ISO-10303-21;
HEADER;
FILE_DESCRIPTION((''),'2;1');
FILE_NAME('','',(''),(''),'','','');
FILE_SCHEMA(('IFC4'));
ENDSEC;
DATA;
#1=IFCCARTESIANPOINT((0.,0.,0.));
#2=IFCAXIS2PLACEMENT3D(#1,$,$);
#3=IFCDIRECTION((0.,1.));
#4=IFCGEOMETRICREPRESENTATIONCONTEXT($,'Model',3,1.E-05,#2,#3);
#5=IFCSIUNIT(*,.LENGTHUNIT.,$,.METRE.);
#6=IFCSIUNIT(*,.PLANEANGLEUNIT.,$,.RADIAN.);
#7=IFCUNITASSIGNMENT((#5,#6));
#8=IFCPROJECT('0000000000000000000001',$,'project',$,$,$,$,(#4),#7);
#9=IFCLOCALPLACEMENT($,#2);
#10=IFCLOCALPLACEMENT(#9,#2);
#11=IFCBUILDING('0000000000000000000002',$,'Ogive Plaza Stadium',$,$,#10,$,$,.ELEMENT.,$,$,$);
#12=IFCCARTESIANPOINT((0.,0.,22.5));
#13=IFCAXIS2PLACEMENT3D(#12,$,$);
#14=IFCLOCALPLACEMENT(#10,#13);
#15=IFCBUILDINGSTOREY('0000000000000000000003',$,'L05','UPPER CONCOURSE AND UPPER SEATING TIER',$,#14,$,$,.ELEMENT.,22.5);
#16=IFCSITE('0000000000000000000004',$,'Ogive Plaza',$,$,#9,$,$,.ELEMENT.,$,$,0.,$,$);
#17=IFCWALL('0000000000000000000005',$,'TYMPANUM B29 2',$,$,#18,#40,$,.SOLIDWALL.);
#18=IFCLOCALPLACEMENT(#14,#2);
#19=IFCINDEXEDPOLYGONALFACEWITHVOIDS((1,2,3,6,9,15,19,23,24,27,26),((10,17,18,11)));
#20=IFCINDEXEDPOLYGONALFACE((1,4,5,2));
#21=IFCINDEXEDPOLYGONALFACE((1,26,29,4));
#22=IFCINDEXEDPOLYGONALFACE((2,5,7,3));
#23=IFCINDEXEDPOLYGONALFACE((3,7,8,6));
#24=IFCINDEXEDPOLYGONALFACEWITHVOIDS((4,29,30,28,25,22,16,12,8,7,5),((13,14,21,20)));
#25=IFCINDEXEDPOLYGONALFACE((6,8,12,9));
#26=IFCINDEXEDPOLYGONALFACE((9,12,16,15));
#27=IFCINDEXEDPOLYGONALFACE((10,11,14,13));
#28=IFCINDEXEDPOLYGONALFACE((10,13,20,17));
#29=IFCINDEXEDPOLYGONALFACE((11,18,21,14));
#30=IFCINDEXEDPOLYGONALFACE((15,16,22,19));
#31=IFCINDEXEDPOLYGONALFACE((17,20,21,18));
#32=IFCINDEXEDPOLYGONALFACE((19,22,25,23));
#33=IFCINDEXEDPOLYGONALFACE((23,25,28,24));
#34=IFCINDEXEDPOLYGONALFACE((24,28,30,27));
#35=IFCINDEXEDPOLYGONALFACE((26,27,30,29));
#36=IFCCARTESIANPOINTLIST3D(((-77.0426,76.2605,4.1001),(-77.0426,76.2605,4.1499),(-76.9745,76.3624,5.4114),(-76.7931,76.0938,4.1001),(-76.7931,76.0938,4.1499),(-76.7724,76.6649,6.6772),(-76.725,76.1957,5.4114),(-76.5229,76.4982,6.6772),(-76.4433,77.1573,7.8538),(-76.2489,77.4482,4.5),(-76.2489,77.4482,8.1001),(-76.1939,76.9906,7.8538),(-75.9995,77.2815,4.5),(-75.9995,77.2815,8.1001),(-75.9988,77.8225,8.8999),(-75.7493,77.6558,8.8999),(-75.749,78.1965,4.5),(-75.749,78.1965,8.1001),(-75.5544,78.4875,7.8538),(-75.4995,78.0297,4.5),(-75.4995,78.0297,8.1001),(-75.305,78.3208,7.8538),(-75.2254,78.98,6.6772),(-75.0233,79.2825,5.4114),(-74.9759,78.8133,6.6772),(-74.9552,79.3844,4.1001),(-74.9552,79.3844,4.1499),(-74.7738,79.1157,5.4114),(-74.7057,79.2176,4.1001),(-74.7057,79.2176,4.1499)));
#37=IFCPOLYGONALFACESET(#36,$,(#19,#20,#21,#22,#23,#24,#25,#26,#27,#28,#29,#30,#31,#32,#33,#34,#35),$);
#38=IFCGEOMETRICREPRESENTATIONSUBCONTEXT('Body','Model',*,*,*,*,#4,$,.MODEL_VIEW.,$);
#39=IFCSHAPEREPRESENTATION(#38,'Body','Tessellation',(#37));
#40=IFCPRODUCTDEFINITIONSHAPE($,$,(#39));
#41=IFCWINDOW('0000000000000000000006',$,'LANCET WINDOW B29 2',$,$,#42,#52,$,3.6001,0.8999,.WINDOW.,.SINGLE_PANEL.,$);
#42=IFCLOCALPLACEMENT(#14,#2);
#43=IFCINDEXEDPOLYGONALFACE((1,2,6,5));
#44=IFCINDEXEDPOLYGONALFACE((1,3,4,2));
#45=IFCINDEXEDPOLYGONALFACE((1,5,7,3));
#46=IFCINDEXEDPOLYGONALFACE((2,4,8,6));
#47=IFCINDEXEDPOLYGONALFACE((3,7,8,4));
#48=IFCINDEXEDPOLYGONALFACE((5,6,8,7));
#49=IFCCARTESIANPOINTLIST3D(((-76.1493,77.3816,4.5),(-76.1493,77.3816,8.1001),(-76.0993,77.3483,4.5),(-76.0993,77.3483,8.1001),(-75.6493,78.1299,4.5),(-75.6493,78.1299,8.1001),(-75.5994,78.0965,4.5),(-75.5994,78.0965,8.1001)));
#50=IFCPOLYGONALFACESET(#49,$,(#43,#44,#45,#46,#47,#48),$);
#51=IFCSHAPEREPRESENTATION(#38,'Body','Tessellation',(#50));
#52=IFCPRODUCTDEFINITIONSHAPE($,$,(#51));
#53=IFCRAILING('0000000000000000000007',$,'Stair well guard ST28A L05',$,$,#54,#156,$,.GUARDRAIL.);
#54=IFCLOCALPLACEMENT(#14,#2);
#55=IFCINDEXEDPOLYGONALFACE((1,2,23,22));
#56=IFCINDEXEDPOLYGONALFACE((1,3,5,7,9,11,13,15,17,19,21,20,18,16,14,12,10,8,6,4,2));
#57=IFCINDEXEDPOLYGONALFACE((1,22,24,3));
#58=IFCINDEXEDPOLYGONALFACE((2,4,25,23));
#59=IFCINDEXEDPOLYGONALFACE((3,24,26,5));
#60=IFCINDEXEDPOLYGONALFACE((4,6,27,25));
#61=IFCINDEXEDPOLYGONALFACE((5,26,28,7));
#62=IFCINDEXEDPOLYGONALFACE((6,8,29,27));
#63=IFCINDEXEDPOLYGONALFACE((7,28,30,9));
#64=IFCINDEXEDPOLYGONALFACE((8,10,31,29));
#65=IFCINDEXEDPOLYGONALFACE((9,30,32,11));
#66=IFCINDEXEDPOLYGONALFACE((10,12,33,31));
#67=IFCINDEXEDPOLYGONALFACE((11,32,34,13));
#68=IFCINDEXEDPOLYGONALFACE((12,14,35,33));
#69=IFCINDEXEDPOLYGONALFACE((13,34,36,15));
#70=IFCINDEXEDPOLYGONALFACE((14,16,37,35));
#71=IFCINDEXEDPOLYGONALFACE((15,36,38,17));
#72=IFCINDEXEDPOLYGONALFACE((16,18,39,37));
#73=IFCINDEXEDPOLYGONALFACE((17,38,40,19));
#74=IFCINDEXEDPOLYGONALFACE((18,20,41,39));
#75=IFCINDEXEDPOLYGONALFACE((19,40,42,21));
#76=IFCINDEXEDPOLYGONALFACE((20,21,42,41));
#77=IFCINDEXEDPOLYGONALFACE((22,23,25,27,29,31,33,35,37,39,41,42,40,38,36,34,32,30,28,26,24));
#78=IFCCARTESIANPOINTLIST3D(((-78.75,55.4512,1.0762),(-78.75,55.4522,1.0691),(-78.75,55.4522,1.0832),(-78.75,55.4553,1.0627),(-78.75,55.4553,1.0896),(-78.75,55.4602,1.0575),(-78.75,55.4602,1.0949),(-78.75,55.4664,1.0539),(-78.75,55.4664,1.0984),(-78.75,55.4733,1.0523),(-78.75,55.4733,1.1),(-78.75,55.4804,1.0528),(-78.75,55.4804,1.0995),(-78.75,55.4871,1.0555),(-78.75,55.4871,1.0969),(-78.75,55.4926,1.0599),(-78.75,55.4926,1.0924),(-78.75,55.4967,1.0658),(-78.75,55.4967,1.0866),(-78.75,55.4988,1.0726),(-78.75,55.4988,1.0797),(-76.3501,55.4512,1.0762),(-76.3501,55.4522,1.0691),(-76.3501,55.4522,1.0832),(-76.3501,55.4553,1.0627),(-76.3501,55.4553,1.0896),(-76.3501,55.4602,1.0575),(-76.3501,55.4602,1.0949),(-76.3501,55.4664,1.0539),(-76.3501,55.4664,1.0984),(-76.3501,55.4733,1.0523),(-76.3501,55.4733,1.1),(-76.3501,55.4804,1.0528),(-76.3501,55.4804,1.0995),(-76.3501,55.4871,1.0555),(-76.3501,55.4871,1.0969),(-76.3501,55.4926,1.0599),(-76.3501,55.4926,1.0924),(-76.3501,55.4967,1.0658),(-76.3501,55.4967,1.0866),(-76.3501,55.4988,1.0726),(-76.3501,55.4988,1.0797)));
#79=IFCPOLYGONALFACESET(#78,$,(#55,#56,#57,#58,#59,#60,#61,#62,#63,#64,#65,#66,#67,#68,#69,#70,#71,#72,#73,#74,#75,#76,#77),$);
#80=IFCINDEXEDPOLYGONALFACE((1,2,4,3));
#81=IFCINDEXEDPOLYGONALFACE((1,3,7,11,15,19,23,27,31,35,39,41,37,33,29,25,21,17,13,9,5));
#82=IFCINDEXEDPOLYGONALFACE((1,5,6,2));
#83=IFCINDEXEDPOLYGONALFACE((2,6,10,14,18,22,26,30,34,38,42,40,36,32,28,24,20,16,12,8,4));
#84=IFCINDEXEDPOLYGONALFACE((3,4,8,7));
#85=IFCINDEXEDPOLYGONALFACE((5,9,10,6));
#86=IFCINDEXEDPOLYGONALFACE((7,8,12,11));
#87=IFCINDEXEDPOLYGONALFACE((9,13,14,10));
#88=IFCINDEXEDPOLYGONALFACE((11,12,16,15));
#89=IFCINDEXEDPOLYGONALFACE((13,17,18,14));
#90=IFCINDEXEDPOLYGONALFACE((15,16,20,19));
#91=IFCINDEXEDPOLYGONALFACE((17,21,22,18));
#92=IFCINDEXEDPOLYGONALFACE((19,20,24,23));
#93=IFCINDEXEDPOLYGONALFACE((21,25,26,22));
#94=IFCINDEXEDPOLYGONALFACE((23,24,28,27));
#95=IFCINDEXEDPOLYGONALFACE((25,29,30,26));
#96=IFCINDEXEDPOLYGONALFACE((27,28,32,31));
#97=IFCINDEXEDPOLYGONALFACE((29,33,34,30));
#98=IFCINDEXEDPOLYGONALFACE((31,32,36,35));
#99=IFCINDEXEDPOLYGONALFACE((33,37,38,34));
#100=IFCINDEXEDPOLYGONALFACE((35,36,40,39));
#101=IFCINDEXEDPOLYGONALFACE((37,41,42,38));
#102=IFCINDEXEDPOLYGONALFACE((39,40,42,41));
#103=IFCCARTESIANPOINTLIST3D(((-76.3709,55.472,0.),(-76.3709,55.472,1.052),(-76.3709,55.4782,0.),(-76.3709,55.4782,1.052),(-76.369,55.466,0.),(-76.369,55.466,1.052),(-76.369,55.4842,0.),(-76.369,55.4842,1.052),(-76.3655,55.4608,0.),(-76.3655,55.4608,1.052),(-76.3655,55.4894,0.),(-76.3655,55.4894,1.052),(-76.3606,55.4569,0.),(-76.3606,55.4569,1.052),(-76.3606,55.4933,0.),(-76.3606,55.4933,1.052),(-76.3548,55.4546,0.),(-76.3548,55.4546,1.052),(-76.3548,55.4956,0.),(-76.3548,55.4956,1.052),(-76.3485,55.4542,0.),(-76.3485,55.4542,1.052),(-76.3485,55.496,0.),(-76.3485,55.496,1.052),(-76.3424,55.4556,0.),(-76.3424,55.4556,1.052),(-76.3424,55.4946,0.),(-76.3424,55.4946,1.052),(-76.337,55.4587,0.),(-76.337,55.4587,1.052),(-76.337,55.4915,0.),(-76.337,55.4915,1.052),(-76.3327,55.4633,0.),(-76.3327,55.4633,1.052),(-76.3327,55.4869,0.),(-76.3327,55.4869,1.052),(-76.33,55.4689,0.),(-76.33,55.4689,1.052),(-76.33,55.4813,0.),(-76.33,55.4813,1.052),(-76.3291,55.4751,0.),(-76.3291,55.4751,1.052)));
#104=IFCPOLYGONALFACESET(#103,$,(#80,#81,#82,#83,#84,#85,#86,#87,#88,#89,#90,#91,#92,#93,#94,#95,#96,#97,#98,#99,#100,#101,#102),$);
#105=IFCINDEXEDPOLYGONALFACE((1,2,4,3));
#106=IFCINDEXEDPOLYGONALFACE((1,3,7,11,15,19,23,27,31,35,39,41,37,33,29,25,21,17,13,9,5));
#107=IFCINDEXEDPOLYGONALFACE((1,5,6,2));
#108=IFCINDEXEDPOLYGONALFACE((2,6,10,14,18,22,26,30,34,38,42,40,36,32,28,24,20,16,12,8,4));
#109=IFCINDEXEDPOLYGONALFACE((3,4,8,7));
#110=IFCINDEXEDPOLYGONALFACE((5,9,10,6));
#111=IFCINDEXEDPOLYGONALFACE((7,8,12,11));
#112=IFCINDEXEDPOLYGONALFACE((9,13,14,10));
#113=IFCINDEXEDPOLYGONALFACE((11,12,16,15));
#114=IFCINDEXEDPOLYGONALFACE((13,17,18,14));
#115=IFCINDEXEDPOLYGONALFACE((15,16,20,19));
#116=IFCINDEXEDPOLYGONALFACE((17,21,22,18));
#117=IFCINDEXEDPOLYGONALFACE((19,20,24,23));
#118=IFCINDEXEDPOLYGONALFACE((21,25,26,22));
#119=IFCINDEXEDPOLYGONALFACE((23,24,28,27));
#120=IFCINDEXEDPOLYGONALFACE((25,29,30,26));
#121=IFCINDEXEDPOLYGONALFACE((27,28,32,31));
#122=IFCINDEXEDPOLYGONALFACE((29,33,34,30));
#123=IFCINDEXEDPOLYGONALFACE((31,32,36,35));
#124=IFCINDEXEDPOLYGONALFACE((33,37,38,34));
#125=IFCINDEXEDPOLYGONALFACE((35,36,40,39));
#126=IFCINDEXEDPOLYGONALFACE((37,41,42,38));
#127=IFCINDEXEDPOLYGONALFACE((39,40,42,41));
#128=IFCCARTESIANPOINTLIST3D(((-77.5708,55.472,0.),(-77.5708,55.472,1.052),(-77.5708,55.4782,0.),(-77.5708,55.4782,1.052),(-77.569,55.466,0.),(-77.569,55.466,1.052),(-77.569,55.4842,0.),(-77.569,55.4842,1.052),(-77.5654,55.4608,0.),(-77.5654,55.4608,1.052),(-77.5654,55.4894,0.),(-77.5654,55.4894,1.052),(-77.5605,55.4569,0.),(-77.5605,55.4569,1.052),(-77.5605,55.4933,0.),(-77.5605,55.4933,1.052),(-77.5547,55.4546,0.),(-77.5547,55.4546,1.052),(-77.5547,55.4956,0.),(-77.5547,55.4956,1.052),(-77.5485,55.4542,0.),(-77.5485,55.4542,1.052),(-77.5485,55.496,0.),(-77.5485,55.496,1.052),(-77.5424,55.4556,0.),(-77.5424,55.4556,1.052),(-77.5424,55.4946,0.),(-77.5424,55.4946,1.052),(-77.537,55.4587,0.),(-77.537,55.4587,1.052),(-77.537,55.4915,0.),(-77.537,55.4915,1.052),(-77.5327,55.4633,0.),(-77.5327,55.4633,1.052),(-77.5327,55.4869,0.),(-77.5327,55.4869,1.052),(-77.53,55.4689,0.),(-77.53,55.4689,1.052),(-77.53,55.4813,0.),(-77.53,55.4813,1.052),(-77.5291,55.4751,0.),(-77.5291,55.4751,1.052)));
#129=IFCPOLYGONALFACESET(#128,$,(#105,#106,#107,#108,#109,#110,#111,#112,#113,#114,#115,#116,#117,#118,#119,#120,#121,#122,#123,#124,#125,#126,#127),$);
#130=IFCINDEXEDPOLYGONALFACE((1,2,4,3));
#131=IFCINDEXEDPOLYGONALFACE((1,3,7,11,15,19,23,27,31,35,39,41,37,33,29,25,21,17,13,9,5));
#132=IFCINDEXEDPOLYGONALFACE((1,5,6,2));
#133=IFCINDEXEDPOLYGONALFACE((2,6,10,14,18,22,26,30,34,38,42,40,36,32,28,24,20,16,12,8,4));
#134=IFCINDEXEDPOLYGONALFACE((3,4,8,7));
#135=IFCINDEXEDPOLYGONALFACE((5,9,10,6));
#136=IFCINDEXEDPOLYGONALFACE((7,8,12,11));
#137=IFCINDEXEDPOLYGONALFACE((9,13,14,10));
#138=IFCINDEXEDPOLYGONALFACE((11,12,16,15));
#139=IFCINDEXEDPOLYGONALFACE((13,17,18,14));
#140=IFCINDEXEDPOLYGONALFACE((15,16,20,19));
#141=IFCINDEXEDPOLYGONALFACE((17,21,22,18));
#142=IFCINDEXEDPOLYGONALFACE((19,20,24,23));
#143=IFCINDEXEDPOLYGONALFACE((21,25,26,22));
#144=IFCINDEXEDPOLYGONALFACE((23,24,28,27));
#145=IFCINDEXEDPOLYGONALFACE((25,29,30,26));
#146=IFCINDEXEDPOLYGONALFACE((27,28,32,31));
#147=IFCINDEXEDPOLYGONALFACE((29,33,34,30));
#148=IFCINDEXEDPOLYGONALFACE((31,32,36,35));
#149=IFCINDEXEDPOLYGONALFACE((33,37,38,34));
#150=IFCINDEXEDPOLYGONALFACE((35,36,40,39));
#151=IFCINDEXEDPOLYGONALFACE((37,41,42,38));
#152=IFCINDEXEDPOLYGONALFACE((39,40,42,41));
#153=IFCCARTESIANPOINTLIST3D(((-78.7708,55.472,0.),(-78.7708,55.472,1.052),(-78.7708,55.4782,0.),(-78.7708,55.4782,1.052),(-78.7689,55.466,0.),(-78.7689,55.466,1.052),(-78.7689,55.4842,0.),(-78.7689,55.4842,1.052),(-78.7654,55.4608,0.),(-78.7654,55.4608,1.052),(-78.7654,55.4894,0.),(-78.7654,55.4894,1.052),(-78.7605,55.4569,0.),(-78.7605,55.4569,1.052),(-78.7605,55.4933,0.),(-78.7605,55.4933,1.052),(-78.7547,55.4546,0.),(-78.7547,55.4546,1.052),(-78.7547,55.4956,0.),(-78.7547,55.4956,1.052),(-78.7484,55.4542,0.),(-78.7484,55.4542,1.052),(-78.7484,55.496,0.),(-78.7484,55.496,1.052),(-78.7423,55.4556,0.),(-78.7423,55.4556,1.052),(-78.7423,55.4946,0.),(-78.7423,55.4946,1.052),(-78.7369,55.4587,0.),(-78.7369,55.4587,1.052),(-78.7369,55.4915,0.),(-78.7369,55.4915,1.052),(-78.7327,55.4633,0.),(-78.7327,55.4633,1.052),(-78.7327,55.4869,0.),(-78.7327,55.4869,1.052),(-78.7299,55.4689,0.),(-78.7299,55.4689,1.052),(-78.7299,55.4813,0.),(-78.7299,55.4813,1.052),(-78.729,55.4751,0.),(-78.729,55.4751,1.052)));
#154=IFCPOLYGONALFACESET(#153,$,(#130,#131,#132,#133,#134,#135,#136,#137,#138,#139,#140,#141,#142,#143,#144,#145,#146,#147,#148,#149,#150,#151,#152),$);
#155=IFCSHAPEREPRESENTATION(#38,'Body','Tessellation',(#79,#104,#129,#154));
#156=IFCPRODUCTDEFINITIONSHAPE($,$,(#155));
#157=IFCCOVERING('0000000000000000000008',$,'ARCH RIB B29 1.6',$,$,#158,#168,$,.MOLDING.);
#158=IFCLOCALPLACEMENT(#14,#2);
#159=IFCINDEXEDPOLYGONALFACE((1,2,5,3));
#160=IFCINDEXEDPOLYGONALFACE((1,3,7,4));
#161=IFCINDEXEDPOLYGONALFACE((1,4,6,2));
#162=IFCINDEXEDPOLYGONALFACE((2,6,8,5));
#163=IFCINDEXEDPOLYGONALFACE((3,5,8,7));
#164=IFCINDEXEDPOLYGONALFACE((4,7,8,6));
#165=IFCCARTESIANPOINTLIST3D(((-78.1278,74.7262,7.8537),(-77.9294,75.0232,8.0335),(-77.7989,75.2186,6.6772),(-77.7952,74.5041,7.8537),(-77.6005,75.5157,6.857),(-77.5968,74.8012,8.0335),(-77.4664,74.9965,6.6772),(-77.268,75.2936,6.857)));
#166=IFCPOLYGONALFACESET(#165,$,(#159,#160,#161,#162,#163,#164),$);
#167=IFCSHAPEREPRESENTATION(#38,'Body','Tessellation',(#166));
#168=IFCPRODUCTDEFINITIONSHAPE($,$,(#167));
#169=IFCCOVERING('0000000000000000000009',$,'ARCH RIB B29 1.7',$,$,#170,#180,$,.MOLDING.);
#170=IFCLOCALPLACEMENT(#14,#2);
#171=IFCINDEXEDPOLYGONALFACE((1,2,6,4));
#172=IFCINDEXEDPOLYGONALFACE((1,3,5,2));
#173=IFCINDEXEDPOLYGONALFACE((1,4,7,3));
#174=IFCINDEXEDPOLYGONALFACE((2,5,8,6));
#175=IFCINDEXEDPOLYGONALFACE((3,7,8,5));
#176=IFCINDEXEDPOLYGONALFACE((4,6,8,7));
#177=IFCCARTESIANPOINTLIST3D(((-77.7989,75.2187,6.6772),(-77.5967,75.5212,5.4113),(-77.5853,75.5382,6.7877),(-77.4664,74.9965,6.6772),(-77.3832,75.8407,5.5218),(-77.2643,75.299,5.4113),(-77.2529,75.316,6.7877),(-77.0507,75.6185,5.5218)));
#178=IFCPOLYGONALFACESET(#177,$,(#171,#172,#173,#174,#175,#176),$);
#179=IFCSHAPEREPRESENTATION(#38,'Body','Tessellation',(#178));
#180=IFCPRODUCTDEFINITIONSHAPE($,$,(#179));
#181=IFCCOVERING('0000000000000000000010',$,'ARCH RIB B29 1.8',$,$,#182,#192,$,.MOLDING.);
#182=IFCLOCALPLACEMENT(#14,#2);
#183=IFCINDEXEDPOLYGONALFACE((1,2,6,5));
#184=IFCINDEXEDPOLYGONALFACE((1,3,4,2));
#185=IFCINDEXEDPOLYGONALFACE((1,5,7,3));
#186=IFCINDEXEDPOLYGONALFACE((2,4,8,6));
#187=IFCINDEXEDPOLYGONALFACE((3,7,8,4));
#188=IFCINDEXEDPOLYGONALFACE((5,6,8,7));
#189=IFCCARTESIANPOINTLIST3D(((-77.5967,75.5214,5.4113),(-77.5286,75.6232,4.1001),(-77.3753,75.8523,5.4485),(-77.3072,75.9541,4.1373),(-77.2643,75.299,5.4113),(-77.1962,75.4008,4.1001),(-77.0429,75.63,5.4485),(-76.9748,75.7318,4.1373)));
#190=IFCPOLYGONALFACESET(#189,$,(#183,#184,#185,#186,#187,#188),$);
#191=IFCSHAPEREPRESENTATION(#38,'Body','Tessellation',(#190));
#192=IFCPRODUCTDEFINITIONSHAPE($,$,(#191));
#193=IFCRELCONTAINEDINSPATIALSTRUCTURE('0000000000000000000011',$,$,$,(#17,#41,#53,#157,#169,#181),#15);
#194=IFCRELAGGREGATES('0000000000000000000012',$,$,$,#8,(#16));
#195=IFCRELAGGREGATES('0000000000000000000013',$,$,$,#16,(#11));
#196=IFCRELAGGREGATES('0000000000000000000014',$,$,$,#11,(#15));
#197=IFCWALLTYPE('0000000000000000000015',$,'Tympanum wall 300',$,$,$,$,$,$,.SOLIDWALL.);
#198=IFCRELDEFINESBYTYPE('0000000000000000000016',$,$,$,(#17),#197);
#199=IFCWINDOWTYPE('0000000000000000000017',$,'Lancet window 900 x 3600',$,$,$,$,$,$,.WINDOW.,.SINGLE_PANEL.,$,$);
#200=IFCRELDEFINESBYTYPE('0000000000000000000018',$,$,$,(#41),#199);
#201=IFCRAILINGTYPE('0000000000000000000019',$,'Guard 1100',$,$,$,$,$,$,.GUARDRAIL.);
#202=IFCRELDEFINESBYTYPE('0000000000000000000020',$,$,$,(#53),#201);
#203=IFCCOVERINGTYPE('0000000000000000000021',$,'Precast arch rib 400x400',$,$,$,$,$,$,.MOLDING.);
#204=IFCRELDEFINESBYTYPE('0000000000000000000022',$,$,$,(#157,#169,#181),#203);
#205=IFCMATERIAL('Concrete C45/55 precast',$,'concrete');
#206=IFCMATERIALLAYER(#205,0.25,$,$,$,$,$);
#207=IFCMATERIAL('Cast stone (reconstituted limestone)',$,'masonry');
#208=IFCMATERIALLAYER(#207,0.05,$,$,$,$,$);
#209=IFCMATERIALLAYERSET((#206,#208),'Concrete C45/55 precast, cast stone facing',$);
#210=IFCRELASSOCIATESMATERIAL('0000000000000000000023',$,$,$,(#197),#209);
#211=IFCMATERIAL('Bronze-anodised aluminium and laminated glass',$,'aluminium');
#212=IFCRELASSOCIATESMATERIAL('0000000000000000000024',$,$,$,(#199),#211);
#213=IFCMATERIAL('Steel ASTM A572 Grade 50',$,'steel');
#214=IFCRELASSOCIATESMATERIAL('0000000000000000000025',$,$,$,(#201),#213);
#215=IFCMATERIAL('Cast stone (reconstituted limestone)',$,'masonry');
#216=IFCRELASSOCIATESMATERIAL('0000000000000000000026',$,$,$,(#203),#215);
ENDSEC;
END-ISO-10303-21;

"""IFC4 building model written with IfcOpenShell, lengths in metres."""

from ifc_helpers import new_model, si_unit, direction, frame, frame_2d, origin, origin_2d, place, context, subcontext, project, spatial, polyline, rectangle, circle, outline, extrude, material, layer, layer_set, material_profile, profile_set, type_object, element, fill, save


model = new_model("IFC4")

# Units and contexts
model_context = context("Model", 3, precision=1e-05, world=origin(), true_north=direction((0.0, 1.0)))
body_context = subcontext(model_context, "Body", "Model", "MODEL_VIEW")
ifc_project = project(units=[si_unit("LENGTHUNIT", "METRE"), si_unit("PLANEANGLEUNIT", "RADIAN")], contexts=[model_context])

# Site, building, storey
site_placement = place(None, origin())
site = spatial("IfcSite", under=ifc_project, at=site_placement, Name="Ogive Plaza", CompositionType="ELEMENT", RefElevation=0.0)
building_placement = place(site_placement, origin())
building = spatial("IfcBuilding", under=site, at=building_placement, Name="Ogive Plaza Stadium", CompositionType="ELEMENT")
storey_placement = place(building_placement, frame((0.0, 0.0, 22.5)))
storey = spatial("IfcBuildingStorey", under=building, at=storey_placement, Name="L05", Description="UPPER CONCOURSE AND UPPER SEATING TIER", CompositionType="ELEMENT", Elevation=22.5)

# Wall, opening, window
ifc_material_1 = material(Name="Concrete C45/55 precast", Category="concrete")
ifc_layer_1 = layer(ifc_material_1, 0.25)
ifc_material_2 = material(Name="Cast stone (reconstituted limestone)", Category="masonry")
ifc_layer_2 = layer(ifc_material_2, 0.05)
ifc_layer_set_1 = layer_set([ifc_layer_1, ifc_layer_2], Name="Concrete C45/55 precast, cast stone facing")
wall_type_1 = type_object("IfcWallType", Name="Tympanum wall 300", PredefinedType="SOLIDWALL", material=ifc_layer_set_1)
wall_1_placement = place(storey_placement, frame((-76.918, 76.1772, 4.1001), z_axis=(0.0, 0.0, 1.0), x_axis=(0.5556, 0.83145, 0.0)))
wall_1 = element("IfcWall", 1, at=wall_1_placement, inside=storey, type_object=wall_type_1, Name="TYMPANUM B29 2", PredefinedType="SOLIDWALL", context=body_context, shape_type="SweptSolid", body=[
    extrude(outline(polyline([(0.0, 0.0), (3.7571, 0.0), (3.7571, 0.0498), (3.6345, 1.3113), (3.2708, 2.5771), (2.6785, 3.7537), (1.8787, 4.7998), (1.0786, 3.7537), (0.4863, 2.5771), (0.1226, 1.3113), (0.0, 0.0498), (0.0, 0.0)])), frame((0.0, 0.1499, 0.0), z_axis=(0.0, -1.0, 0.0), x_axis=(1.0, 0.0, 0.0)), (0.0, 0.0, 1.0), 0.3),
])
opening_1_placement = place(wall_1_placement, frame((1.4285, 0.0, 0.3999)))
opening_1 = element("IfcOpeningElement", 2, at=opening_1_placement, cuts=wall_1, PredefinedType="OPENING", context=body_context, shape_type="SweptSolid", body=[
    extrude(rectangle(XDim=0.8999, YDim=3.6001, at=frame_2d((0.45, 1.8))), frame((0.0, 0.1602, 0.0), z_axis=(0.0, -1.0, 0.0), x_axis=(1.0, 0.0, 0.0)), (0.0, 0.0, 1.0), 0.3201),
])
ifc_material_3 = material(Name="Bronze-anodised aluminium and laminated glass", Category="aluminium")
window_type = type_object("IfcWindowType", Name="Lancet window 900 x 3600", PartitioningType="SINGLE_PANEL", PredefinedType="WINDOW", material=ifc_material_3)
window_placement = place(opening_1_placement, origin())
window = element("IfcWindow", 3, at=window_placement, inside=storey, type_object=window_type, Name="LANCET WINDOW B29 2", OverallHeight=3.6001, OverallWidth=0.8999, PartitioningType="SINGLE_PANEL", PredefinedType="WINDOW", context=body_context, shape_type="SweptSolid", body=[
    extrude(rectangle(XDim=0.8999, YDim=3.6001, at=frame_2d((0.45, 1.8))), frame((0.0, 0.03, 0.0), z_axis=(0.0, -1.0, 0.0), x_axis=(1.0, 0.0, 0.0)), (0.0, 0.0, 1.0), 0.0601),
])
fill(opening_1, window)

# Railing
ifc_material_4 = material(Name="Steel ASTM A572 Grade 50", Category="steel")
railing_type = type_object("IfcRailingType", Name="Guard 1100", PredefinedType="GUARDRAIL", material=ifc_material_4)
railing_placement = place(storey_placement, frame((-76.3501, 55.4751, 0.0)))
element("IfcRailing", 4, at=railing_placement, inside=storey, type_object=railing_type, Name="Stair well guard ST28A L05", PredefinedType="GUARDRAIL", context=body_context, shape_type="SweptSolid", body=[
    extrude(circle(Radius=0.0239, at=origin_2d()), frame((0.0, 0.0, 1.0762), z_axis=(-1.0, 0.0, 0.0), x_axis=(0.0, -1.0, 0.0)), (0.0, 0.0, 1.0), 2.3999),
    extrude(circle(Radius=0.021, at=origin_2d()), origin(), (0.0, 0.0, 1.0), 1.052),
    extrude(circle(Radius=0.021, at=origin_2d()), frame((-1.2, 0.0, 0.0)), (0.0, 0.0, 1.0), 1.052),
    extrude(circle(Radius=0.021, at=origin_2d()), frame((-2.3999, 0.0, 0.0)), (0.0, 0.0, 1.0), 1.052),
])

# Coverings
ifc_material_5 = material(Name="Cast stone (reconstituted limestone)", Category="masonry")
ifc_material_profile_1 = material_profile(ifc_material_5, rectangle(XDim=0.3999, YDim=0.3999, at=origin_2d()), Name="Cast stone 400x400")
ifc_profile_set_1 = profile_set([ifc_material_profile_1], Name="Cast stone (reconstituted limestone)")
covering_type_1 = type_object("IfcCoveringType", Name="Precast arch rib 400x400", PredefinedType="MOLDING", material=ifc_profile_set_1)
for number, where, z_axis, x_axis, name in (
    (5, (-77.8623, 74.7637, 7.9436), (0.249678, 0.373868, -0.893243), (-0.831606, 0.555366, 0.0), "ARCH RIB B29 1.6"),
    (6, (-77.5259, 75.2673, 6.7324), (0.153478, 0.229661, -0.961093), (-0.83143, 0.555629, 0.0), "ARCH RIB B29 1.7"),
):
    element("IfcCovering", number, at=place(storey_placement, frame(where, z_axis=z_axis, x_axis=x_axis)), inside=storey, type_object=covering_type_1, Name=name, PredefinedType="MOLDING", context=body_context, shape_type="SweptSolid", body=[
        extrude(rectangle(XDim=0.3999, YDim=0.3999, at=origin_2d()), origin(), (0.0, 0.0, 1.0), 1.3171),
    ])
for number, where, z_axis, x_axis, name in (
    (7, (-77.3198, 75.5757, 5.4299), (0.05172, 0.077303, -0.995665), (-0.831129, 0.556079, 0.0), "ARCH RIB B29 1.8"),
):
    element("IfcCovering", number, at=place(storey_placement, frame(where, z_axis=z_axis, x_axis=x_axis)), inside=storey, type_object=covering_type_1, Name=name, PredefinedType="MOLDING", context=body_context, shape_type="SweptSolid", body=[
        extrude(rectangle(XDim=0.3999, YDim=0.3999, at=origin_2d()), origin(), (0.0, 0.0, 1.0), 1.3169),
    ])

save(model, "model.ifc")
